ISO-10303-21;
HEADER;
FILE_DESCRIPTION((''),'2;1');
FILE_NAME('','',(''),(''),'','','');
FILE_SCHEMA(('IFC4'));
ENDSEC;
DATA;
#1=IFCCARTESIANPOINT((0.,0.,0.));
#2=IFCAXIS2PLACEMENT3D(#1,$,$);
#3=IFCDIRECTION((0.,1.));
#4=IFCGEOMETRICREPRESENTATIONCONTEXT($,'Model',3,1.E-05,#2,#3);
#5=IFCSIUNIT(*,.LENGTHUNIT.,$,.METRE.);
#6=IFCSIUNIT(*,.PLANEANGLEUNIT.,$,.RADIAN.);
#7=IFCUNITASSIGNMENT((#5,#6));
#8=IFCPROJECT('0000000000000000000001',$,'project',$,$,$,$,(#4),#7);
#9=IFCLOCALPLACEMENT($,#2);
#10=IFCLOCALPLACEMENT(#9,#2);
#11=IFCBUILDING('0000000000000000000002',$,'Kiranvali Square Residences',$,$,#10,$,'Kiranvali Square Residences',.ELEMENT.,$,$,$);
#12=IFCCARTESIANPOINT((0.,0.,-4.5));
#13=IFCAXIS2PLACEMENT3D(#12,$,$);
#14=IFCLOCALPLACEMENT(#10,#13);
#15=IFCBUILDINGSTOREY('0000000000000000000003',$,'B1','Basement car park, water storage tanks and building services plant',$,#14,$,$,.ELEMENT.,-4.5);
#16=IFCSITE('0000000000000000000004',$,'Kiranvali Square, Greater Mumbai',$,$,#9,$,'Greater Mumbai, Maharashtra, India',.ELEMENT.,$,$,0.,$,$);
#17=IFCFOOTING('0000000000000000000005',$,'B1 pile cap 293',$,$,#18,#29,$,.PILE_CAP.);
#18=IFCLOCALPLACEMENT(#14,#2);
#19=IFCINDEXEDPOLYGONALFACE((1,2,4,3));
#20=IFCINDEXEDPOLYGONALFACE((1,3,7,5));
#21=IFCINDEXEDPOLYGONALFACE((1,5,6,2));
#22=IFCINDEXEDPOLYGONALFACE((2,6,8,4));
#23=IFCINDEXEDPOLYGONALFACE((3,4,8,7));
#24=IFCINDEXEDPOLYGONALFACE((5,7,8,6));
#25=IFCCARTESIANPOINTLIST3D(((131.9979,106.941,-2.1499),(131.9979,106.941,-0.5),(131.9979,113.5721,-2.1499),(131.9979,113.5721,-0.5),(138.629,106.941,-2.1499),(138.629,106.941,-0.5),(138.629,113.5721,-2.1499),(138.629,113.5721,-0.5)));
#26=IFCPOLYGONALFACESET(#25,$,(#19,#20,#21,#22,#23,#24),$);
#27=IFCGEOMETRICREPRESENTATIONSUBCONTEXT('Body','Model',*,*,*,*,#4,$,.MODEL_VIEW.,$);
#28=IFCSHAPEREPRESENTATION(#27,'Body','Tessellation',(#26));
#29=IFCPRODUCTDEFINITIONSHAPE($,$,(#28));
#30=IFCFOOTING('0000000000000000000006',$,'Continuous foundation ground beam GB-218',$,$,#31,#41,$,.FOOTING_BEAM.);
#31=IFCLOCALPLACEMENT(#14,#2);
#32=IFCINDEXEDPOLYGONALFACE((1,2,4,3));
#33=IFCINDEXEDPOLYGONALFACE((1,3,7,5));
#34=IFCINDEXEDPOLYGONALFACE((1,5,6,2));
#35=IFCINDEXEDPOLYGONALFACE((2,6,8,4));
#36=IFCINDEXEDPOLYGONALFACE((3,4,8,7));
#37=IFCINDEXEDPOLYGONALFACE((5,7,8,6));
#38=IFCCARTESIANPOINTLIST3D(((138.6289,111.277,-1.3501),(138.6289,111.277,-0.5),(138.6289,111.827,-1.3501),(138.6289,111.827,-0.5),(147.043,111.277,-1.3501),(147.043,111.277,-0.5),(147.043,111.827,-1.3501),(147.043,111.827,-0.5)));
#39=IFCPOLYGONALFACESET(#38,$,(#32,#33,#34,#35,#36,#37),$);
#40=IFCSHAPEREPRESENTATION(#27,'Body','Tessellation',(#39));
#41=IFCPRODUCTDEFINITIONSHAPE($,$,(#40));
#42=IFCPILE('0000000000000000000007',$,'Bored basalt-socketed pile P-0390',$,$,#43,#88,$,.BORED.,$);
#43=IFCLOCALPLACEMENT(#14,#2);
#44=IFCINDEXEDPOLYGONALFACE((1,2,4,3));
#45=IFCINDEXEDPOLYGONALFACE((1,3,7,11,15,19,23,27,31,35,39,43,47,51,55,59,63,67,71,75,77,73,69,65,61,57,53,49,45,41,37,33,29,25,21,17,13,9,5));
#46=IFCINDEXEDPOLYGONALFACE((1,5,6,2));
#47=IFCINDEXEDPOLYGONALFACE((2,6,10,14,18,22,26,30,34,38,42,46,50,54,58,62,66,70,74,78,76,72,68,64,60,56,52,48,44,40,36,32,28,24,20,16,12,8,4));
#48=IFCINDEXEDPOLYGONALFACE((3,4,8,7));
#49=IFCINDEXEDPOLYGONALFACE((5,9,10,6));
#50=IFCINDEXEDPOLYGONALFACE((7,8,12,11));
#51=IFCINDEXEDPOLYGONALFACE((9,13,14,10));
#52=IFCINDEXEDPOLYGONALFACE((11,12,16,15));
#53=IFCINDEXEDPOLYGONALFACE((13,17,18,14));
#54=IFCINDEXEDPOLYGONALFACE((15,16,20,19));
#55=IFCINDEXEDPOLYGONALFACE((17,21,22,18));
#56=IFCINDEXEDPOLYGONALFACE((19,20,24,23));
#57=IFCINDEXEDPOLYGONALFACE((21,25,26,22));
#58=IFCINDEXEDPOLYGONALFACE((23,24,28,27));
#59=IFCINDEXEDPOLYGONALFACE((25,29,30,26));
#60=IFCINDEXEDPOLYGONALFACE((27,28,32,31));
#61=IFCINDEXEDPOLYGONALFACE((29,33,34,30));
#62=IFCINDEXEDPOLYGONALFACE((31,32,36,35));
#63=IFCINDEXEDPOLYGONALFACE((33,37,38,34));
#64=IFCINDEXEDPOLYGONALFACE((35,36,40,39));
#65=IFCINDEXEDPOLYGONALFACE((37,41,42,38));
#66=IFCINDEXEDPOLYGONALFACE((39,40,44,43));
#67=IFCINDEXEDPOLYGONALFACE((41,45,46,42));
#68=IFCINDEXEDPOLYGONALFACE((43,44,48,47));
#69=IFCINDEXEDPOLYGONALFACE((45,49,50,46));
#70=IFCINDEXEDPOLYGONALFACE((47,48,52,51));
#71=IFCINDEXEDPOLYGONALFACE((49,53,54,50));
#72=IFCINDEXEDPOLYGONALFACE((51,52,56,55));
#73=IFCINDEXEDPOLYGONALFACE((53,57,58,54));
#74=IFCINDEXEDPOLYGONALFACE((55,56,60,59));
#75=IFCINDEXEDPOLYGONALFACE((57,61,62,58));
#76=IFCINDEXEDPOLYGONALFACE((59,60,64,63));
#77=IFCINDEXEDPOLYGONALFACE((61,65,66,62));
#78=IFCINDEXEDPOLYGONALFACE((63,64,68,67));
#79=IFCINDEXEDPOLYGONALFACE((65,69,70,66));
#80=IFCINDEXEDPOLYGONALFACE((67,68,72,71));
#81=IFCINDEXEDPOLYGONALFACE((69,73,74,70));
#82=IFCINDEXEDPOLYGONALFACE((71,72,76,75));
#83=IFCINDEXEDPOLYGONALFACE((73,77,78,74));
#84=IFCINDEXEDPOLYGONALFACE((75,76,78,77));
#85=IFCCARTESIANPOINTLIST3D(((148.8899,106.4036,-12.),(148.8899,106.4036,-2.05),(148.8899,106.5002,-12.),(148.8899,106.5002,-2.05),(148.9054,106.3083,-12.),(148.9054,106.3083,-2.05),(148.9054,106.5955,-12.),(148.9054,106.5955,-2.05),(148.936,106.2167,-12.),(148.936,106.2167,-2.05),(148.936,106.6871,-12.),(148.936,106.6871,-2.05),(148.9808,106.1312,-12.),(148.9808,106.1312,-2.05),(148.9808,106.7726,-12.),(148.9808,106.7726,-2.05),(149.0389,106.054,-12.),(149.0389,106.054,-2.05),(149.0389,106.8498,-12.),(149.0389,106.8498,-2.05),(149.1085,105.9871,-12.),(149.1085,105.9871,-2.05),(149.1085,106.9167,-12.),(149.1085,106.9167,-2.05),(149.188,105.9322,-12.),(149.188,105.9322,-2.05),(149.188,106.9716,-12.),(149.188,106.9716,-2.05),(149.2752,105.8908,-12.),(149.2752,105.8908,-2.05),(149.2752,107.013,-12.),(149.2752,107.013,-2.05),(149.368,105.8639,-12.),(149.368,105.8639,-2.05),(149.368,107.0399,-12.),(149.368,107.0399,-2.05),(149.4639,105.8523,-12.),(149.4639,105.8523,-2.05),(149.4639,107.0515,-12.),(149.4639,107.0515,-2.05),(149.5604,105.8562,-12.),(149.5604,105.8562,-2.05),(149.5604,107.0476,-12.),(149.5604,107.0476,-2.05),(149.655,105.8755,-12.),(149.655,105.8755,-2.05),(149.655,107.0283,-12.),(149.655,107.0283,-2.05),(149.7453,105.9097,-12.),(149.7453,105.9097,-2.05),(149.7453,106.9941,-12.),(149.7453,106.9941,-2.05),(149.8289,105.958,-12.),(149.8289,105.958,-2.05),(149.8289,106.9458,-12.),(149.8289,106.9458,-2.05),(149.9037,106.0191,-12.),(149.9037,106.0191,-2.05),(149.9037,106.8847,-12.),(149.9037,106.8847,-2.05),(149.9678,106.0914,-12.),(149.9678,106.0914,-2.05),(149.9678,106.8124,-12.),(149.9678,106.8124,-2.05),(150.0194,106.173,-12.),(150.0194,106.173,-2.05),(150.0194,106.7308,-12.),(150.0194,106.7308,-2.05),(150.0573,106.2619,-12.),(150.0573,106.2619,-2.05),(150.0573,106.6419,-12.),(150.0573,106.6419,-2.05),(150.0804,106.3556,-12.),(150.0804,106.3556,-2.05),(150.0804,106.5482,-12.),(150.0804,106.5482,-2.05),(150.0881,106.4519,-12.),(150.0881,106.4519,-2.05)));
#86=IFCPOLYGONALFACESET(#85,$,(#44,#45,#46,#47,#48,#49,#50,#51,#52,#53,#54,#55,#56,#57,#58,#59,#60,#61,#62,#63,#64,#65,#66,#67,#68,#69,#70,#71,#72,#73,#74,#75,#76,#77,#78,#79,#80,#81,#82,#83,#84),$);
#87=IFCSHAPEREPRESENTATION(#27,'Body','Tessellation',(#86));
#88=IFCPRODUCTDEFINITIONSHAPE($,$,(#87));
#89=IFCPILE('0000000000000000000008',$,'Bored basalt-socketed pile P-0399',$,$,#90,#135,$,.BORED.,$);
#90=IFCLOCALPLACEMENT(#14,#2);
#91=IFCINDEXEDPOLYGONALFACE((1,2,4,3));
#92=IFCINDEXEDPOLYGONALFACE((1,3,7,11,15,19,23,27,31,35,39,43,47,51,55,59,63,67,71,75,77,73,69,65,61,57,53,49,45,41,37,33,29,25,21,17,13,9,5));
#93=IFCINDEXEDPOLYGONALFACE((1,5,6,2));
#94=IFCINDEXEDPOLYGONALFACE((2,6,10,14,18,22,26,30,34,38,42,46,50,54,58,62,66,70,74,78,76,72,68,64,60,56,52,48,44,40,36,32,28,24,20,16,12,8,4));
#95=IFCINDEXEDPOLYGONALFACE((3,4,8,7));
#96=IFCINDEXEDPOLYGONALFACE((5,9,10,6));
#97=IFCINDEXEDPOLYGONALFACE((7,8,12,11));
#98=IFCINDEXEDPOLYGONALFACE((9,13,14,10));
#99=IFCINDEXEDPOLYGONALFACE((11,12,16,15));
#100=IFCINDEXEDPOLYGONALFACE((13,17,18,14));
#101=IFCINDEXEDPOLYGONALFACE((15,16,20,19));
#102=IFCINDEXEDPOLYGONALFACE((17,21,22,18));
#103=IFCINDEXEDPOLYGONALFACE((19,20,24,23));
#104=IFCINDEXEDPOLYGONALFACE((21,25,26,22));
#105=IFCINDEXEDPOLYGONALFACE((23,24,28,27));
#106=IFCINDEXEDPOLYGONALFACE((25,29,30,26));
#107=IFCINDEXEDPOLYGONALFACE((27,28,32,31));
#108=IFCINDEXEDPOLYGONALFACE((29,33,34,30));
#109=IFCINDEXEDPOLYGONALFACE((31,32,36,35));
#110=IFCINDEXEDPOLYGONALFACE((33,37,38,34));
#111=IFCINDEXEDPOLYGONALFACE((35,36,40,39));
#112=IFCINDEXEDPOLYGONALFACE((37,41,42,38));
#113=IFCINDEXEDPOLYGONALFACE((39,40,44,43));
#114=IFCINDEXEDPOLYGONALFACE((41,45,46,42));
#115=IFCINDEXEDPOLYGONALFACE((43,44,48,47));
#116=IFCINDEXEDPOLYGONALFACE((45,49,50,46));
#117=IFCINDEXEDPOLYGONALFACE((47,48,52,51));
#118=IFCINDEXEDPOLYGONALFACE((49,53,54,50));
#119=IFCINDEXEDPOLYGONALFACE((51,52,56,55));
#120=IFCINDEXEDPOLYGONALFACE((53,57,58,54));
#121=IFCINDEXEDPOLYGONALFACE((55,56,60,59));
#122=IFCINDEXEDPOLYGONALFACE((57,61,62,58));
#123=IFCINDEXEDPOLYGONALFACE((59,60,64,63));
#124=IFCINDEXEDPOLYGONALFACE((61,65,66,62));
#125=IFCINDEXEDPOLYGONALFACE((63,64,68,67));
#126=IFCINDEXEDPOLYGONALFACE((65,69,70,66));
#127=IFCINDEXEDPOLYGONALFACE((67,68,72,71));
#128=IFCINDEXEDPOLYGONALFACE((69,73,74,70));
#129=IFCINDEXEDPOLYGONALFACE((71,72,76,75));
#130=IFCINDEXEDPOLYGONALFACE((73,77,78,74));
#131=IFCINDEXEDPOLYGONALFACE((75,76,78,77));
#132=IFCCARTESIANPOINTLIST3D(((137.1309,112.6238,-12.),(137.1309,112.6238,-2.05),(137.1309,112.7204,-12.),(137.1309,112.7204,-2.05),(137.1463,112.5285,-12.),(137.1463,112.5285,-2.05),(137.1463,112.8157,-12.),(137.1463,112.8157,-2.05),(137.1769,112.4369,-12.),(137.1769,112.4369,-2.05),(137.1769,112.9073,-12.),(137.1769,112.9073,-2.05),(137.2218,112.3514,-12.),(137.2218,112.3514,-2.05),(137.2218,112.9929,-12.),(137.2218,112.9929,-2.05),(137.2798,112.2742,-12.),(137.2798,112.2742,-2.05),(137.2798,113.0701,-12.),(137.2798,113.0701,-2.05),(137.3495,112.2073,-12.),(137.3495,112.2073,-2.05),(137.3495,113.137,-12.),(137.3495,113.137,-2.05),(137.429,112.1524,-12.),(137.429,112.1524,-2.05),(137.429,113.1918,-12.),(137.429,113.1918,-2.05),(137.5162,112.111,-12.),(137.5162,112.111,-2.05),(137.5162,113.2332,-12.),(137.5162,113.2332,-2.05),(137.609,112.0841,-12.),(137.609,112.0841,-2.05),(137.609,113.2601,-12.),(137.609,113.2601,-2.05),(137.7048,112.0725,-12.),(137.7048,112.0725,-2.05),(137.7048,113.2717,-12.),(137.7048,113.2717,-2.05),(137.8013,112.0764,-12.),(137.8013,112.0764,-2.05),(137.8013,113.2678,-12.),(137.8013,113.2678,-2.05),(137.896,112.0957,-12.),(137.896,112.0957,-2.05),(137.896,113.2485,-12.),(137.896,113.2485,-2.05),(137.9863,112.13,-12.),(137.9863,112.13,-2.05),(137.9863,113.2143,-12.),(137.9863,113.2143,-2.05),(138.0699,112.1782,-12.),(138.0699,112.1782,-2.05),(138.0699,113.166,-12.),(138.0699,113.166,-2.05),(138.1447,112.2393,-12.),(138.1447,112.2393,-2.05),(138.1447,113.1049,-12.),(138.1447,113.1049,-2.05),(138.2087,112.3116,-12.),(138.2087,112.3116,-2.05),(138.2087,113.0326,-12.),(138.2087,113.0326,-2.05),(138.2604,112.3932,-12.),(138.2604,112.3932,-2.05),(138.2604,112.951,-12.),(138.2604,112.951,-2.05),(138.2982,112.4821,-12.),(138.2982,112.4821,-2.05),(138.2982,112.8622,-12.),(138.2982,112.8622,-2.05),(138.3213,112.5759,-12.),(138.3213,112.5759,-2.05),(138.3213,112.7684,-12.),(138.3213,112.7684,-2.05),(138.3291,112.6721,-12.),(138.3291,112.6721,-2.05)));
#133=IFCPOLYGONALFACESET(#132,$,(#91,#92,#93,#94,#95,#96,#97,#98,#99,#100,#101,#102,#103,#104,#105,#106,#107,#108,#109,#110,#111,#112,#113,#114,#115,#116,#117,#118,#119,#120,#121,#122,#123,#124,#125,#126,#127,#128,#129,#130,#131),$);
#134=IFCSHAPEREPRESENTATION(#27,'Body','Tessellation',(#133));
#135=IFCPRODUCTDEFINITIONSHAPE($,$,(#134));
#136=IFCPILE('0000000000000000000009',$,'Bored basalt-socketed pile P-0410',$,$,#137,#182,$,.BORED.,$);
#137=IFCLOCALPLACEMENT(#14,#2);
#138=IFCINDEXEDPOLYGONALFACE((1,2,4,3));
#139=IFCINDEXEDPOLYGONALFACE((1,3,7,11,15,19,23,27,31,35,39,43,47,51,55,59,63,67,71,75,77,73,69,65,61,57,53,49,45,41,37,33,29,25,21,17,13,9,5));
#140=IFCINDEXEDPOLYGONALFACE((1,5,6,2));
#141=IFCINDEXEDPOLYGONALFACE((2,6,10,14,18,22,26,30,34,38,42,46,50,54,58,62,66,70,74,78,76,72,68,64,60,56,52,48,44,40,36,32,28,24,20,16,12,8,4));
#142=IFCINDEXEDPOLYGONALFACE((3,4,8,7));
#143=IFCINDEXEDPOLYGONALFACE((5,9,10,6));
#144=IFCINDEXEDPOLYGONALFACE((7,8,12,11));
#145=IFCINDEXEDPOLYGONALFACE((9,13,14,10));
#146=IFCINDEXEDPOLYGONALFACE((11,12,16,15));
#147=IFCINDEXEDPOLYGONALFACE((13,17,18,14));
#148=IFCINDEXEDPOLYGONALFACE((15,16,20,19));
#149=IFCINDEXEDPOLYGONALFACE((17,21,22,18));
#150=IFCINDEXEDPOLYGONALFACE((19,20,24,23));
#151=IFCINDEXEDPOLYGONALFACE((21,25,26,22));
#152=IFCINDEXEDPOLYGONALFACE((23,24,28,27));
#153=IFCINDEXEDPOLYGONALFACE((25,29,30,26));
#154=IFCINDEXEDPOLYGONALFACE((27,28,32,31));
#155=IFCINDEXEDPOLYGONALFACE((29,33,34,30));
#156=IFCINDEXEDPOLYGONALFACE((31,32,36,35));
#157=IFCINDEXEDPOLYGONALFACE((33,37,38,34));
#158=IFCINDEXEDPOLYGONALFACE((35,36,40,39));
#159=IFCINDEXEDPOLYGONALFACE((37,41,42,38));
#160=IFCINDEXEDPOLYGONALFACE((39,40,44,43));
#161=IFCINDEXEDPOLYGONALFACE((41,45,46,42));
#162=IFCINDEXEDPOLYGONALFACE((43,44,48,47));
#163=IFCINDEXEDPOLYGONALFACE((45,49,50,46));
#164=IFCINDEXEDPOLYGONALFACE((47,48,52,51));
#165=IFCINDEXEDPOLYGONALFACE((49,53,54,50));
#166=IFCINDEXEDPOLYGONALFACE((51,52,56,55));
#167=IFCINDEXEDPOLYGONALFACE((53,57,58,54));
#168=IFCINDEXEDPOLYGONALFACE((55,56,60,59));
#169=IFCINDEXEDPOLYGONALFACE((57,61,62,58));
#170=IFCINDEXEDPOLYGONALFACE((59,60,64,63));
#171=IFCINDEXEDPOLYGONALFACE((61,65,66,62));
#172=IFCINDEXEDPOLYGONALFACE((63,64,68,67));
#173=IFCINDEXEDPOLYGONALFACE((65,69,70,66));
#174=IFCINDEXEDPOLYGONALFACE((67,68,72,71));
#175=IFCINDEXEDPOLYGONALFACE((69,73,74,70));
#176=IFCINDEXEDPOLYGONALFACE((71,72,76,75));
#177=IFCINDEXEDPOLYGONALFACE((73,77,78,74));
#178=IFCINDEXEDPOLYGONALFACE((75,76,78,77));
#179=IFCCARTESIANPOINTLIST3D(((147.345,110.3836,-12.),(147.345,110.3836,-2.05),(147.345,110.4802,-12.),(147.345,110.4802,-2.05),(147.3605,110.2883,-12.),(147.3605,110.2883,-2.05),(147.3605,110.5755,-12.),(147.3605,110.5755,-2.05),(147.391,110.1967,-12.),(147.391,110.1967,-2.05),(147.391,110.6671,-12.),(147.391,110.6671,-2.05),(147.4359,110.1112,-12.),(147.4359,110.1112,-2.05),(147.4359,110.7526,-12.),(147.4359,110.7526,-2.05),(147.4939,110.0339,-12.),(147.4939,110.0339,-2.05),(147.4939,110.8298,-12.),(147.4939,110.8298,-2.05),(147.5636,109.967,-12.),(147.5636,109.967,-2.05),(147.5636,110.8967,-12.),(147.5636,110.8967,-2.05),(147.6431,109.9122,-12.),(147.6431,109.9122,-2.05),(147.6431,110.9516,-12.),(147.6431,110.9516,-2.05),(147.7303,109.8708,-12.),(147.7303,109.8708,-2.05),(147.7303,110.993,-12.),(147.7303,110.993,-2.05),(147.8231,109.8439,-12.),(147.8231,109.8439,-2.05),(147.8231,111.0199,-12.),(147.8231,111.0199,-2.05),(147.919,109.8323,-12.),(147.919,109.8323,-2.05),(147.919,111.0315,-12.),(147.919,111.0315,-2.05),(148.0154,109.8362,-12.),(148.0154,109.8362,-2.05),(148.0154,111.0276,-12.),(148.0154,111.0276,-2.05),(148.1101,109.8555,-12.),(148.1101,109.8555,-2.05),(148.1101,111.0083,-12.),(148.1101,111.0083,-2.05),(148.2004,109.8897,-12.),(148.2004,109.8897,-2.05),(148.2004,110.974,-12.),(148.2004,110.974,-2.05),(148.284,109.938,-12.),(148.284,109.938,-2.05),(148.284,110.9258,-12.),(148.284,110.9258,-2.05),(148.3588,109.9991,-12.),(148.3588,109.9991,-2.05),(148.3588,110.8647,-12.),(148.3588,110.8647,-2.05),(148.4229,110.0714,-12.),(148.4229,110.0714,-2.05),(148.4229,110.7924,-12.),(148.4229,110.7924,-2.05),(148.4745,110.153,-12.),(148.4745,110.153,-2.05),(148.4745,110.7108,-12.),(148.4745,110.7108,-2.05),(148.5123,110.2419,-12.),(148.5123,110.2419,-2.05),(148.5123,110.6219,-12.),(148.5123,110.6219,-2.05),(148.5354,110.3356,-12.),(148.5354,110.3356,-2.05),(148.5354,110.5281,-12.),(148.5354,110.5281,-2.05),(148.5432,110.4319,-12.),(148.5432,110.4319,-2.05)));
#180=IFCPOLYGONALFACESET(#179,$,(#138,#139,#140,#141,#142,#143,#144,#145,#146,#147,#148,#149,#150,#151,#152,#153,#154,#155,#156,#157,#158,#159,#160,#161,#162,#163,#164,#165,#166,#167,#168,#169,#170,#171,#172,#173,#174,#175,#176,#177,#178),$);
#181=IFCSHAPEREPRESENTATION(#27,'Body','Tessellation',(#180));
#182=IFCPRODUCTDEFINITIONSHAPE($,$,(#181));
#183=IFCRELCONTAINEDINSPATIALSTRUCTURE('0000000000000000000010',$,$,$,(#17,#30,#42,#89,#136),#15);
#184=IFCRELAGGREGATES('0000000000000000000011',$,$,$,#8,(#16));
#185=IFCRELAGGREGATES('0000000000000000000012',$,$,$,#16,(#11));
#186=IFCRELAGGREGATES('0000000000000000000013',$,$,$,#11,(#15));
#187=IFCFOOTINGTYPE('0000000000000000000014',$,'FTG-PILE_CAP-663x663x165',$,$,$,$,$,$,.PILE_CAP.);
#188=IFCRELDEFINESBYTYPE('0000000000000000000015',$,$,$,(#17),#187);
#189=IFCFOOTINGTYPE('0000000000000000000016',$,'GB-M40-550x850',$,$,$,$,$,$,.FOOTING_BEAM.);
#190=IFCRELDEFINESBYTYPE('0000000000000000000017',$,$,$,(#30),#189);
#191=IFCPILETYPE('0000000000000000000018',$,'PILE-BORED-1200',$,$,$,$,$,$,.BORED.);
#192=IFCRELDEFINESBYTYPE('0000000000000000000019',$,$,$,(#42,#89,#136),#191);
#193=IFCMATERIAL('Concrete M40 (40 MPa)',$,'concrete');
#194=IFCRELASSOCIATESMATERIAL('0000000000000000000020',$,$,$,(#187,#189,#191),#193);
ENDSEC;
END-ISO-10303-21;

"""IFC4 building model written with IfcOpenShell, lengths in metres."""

from ifc_helpers import new_model, si_unit, direction, frame, origin, origin_2d, place, context, subcontext, project, spatial, rectangle, circle, extrude, material, material_profile, profile_set, type_object, element, save


model = new_model("IFC4")

# Units and contexts
model_context = context("Model", 3, precision=1e-05, world=origin(), true_north=direction((0.0, 1.0)))
body_context = subcontext(model_context, "Body", "Model", "MODEL_VIEW")
ifc_project = project(units=[si_unit("LENGTHUNIT", "METRE"), si_unit("PLANEANGLEUNIT", "RADIAN")], contexts=[model_context])

# Site, building, storey
site_placement = place(None, origin())
site = spatial("IfcSite", under=ifc_project, at=site_placement, Name="Kiranvali Square, Greater Mumbai", LongName="Greater Mumbai, Maharashtra, India", CompositionType="ELEMENT", RefElevation=0.0)
building_placement = place(site_placement, origin())
building = spatial("IfcBuilding", under=site, at=building_placement, Name="Kiranvali Square Residences", LongName="Kiranvali Square Residences", CompositionType="ELEMENT")
storey_placement = place(building_placement, frame((0.0, 0.0, -4.5)))
storey = spatial("IfcBuildingStorey", under=building, at=storey_placement, Name="B1", Description="Basement car park, water storage tanks and building services plant", CompositionType="ELEMENT", Elevation=-4.5)

# Footings
ifc_material_1 = material(Name="Concrete M40 (40 MPa)", Category="concrete")
footing_type_1 = type_object("IfcFootingType", Name="FTG-PILE_CAP-663x663x165", PredefinedType="PILE_CAP", material=ifc_material_1)
footing_1_placement = place(storey_placement, frame((135.3135, 110.2566, -2.1499), z_axis=(0.0, 0.0, 1.0), x_axis=(1.0, 0.0, 0.0)))
element("IfcFooting", 1, at=footing_1_placement, inside=storey, type_object=footing_type_1, Name="B1 pile cap 293", PredefinedType="PILE_CAP", context=body_context, shape_type="SweptSolid", body=[
    extrude(rectangle(XDim=6.6311, YDim=6.6311, at=origin_2d()), origin(), (0.0, 0.0, 1.0), 1.6499),
])
ifc_material_profile_1 = material_profile(ifc_material_1, rectangle(XDim=0.55, YDim=0.8501, at=origin_2d()), Name="GB 550x850")
ifc_profile_set_1 = profile_set([ifc_material_profile_1], Name="Concrete M40 (40 MPa)")
footing_type_2 = type_object("IfcFootingType", Name="GB-M40-550x850", PredefinedType="FOOTING_BEAM", material=ifc_profile_set_1)
footing_2_placement = place(storey_placement, frame((138.6289, 111.552, -0.925), z_axis=(1.0, 0.0, 0.0), x_axis=(0.0, 1.0, 0.0)))
element("IfcFooting", 2, at=footing_2_placement, inside=storey, type_object=footing_type_2, Name="Continuous foundation ground beam GB-218", PredefinedType="FOOTING_BEAM", context=body_context, shape_type="SweptSolid", body=[
    extrude(rectangle(XDim=0.55, YDim=0.8501, at=origin_2d()), origin(), (0.0, 0.0, 1.0), 8.4141),
])

# Piles
ifc_material_profile_2 = material_profile(ifc_material_1, circle(Radius=0.6001, at=origin_2d()), Name="BORED PILE 1200")
ifc_profile_set_2 = profile_set([ifc_material_profile_2], Name="Concrete M40 (40 MPa)")
pile_type = type_object("IfcPileType", Name="PILE-BORED-1200", PredefinedType="BORED", material=ifc_profile_set_2)
for number, where, z_axis, x_axis, name in (
    (3, (149.488, 106.4519, -2.05), (0.0, 0.0, -1.0), (1.0, 0.0, 0.0), "Bored basalt-socketed pile P-0390"),
    (4, (137.729, 112.6721, -2.05), (0.0, 0.0, -1.0), (1.0, 0.0, 0.0), "Bored basalt-socketed pile P-0399"),
    (5, (147.9431, 110.4319, -2.05), (0.0, 0.0, -1.0), (1.0, 0.0, 0.0), "Bored basalt-socketed pile P-0410"),
):
    element("IfcPile", number, at=place(storey_placement, frame(where, z_axis=z_axis, x_axis=x_axis)), inside=storey, type_object=pile_type, Name=name, PredefinedType="BORED", context=body_context, shape_type="SweptSolid", body=[
        extrude(circle(Radius=0.6001, at=origin_2d()), origin(), (0.0, 0.0, 1.0), 9.95),
    ])

save(model, "model.ifc")
